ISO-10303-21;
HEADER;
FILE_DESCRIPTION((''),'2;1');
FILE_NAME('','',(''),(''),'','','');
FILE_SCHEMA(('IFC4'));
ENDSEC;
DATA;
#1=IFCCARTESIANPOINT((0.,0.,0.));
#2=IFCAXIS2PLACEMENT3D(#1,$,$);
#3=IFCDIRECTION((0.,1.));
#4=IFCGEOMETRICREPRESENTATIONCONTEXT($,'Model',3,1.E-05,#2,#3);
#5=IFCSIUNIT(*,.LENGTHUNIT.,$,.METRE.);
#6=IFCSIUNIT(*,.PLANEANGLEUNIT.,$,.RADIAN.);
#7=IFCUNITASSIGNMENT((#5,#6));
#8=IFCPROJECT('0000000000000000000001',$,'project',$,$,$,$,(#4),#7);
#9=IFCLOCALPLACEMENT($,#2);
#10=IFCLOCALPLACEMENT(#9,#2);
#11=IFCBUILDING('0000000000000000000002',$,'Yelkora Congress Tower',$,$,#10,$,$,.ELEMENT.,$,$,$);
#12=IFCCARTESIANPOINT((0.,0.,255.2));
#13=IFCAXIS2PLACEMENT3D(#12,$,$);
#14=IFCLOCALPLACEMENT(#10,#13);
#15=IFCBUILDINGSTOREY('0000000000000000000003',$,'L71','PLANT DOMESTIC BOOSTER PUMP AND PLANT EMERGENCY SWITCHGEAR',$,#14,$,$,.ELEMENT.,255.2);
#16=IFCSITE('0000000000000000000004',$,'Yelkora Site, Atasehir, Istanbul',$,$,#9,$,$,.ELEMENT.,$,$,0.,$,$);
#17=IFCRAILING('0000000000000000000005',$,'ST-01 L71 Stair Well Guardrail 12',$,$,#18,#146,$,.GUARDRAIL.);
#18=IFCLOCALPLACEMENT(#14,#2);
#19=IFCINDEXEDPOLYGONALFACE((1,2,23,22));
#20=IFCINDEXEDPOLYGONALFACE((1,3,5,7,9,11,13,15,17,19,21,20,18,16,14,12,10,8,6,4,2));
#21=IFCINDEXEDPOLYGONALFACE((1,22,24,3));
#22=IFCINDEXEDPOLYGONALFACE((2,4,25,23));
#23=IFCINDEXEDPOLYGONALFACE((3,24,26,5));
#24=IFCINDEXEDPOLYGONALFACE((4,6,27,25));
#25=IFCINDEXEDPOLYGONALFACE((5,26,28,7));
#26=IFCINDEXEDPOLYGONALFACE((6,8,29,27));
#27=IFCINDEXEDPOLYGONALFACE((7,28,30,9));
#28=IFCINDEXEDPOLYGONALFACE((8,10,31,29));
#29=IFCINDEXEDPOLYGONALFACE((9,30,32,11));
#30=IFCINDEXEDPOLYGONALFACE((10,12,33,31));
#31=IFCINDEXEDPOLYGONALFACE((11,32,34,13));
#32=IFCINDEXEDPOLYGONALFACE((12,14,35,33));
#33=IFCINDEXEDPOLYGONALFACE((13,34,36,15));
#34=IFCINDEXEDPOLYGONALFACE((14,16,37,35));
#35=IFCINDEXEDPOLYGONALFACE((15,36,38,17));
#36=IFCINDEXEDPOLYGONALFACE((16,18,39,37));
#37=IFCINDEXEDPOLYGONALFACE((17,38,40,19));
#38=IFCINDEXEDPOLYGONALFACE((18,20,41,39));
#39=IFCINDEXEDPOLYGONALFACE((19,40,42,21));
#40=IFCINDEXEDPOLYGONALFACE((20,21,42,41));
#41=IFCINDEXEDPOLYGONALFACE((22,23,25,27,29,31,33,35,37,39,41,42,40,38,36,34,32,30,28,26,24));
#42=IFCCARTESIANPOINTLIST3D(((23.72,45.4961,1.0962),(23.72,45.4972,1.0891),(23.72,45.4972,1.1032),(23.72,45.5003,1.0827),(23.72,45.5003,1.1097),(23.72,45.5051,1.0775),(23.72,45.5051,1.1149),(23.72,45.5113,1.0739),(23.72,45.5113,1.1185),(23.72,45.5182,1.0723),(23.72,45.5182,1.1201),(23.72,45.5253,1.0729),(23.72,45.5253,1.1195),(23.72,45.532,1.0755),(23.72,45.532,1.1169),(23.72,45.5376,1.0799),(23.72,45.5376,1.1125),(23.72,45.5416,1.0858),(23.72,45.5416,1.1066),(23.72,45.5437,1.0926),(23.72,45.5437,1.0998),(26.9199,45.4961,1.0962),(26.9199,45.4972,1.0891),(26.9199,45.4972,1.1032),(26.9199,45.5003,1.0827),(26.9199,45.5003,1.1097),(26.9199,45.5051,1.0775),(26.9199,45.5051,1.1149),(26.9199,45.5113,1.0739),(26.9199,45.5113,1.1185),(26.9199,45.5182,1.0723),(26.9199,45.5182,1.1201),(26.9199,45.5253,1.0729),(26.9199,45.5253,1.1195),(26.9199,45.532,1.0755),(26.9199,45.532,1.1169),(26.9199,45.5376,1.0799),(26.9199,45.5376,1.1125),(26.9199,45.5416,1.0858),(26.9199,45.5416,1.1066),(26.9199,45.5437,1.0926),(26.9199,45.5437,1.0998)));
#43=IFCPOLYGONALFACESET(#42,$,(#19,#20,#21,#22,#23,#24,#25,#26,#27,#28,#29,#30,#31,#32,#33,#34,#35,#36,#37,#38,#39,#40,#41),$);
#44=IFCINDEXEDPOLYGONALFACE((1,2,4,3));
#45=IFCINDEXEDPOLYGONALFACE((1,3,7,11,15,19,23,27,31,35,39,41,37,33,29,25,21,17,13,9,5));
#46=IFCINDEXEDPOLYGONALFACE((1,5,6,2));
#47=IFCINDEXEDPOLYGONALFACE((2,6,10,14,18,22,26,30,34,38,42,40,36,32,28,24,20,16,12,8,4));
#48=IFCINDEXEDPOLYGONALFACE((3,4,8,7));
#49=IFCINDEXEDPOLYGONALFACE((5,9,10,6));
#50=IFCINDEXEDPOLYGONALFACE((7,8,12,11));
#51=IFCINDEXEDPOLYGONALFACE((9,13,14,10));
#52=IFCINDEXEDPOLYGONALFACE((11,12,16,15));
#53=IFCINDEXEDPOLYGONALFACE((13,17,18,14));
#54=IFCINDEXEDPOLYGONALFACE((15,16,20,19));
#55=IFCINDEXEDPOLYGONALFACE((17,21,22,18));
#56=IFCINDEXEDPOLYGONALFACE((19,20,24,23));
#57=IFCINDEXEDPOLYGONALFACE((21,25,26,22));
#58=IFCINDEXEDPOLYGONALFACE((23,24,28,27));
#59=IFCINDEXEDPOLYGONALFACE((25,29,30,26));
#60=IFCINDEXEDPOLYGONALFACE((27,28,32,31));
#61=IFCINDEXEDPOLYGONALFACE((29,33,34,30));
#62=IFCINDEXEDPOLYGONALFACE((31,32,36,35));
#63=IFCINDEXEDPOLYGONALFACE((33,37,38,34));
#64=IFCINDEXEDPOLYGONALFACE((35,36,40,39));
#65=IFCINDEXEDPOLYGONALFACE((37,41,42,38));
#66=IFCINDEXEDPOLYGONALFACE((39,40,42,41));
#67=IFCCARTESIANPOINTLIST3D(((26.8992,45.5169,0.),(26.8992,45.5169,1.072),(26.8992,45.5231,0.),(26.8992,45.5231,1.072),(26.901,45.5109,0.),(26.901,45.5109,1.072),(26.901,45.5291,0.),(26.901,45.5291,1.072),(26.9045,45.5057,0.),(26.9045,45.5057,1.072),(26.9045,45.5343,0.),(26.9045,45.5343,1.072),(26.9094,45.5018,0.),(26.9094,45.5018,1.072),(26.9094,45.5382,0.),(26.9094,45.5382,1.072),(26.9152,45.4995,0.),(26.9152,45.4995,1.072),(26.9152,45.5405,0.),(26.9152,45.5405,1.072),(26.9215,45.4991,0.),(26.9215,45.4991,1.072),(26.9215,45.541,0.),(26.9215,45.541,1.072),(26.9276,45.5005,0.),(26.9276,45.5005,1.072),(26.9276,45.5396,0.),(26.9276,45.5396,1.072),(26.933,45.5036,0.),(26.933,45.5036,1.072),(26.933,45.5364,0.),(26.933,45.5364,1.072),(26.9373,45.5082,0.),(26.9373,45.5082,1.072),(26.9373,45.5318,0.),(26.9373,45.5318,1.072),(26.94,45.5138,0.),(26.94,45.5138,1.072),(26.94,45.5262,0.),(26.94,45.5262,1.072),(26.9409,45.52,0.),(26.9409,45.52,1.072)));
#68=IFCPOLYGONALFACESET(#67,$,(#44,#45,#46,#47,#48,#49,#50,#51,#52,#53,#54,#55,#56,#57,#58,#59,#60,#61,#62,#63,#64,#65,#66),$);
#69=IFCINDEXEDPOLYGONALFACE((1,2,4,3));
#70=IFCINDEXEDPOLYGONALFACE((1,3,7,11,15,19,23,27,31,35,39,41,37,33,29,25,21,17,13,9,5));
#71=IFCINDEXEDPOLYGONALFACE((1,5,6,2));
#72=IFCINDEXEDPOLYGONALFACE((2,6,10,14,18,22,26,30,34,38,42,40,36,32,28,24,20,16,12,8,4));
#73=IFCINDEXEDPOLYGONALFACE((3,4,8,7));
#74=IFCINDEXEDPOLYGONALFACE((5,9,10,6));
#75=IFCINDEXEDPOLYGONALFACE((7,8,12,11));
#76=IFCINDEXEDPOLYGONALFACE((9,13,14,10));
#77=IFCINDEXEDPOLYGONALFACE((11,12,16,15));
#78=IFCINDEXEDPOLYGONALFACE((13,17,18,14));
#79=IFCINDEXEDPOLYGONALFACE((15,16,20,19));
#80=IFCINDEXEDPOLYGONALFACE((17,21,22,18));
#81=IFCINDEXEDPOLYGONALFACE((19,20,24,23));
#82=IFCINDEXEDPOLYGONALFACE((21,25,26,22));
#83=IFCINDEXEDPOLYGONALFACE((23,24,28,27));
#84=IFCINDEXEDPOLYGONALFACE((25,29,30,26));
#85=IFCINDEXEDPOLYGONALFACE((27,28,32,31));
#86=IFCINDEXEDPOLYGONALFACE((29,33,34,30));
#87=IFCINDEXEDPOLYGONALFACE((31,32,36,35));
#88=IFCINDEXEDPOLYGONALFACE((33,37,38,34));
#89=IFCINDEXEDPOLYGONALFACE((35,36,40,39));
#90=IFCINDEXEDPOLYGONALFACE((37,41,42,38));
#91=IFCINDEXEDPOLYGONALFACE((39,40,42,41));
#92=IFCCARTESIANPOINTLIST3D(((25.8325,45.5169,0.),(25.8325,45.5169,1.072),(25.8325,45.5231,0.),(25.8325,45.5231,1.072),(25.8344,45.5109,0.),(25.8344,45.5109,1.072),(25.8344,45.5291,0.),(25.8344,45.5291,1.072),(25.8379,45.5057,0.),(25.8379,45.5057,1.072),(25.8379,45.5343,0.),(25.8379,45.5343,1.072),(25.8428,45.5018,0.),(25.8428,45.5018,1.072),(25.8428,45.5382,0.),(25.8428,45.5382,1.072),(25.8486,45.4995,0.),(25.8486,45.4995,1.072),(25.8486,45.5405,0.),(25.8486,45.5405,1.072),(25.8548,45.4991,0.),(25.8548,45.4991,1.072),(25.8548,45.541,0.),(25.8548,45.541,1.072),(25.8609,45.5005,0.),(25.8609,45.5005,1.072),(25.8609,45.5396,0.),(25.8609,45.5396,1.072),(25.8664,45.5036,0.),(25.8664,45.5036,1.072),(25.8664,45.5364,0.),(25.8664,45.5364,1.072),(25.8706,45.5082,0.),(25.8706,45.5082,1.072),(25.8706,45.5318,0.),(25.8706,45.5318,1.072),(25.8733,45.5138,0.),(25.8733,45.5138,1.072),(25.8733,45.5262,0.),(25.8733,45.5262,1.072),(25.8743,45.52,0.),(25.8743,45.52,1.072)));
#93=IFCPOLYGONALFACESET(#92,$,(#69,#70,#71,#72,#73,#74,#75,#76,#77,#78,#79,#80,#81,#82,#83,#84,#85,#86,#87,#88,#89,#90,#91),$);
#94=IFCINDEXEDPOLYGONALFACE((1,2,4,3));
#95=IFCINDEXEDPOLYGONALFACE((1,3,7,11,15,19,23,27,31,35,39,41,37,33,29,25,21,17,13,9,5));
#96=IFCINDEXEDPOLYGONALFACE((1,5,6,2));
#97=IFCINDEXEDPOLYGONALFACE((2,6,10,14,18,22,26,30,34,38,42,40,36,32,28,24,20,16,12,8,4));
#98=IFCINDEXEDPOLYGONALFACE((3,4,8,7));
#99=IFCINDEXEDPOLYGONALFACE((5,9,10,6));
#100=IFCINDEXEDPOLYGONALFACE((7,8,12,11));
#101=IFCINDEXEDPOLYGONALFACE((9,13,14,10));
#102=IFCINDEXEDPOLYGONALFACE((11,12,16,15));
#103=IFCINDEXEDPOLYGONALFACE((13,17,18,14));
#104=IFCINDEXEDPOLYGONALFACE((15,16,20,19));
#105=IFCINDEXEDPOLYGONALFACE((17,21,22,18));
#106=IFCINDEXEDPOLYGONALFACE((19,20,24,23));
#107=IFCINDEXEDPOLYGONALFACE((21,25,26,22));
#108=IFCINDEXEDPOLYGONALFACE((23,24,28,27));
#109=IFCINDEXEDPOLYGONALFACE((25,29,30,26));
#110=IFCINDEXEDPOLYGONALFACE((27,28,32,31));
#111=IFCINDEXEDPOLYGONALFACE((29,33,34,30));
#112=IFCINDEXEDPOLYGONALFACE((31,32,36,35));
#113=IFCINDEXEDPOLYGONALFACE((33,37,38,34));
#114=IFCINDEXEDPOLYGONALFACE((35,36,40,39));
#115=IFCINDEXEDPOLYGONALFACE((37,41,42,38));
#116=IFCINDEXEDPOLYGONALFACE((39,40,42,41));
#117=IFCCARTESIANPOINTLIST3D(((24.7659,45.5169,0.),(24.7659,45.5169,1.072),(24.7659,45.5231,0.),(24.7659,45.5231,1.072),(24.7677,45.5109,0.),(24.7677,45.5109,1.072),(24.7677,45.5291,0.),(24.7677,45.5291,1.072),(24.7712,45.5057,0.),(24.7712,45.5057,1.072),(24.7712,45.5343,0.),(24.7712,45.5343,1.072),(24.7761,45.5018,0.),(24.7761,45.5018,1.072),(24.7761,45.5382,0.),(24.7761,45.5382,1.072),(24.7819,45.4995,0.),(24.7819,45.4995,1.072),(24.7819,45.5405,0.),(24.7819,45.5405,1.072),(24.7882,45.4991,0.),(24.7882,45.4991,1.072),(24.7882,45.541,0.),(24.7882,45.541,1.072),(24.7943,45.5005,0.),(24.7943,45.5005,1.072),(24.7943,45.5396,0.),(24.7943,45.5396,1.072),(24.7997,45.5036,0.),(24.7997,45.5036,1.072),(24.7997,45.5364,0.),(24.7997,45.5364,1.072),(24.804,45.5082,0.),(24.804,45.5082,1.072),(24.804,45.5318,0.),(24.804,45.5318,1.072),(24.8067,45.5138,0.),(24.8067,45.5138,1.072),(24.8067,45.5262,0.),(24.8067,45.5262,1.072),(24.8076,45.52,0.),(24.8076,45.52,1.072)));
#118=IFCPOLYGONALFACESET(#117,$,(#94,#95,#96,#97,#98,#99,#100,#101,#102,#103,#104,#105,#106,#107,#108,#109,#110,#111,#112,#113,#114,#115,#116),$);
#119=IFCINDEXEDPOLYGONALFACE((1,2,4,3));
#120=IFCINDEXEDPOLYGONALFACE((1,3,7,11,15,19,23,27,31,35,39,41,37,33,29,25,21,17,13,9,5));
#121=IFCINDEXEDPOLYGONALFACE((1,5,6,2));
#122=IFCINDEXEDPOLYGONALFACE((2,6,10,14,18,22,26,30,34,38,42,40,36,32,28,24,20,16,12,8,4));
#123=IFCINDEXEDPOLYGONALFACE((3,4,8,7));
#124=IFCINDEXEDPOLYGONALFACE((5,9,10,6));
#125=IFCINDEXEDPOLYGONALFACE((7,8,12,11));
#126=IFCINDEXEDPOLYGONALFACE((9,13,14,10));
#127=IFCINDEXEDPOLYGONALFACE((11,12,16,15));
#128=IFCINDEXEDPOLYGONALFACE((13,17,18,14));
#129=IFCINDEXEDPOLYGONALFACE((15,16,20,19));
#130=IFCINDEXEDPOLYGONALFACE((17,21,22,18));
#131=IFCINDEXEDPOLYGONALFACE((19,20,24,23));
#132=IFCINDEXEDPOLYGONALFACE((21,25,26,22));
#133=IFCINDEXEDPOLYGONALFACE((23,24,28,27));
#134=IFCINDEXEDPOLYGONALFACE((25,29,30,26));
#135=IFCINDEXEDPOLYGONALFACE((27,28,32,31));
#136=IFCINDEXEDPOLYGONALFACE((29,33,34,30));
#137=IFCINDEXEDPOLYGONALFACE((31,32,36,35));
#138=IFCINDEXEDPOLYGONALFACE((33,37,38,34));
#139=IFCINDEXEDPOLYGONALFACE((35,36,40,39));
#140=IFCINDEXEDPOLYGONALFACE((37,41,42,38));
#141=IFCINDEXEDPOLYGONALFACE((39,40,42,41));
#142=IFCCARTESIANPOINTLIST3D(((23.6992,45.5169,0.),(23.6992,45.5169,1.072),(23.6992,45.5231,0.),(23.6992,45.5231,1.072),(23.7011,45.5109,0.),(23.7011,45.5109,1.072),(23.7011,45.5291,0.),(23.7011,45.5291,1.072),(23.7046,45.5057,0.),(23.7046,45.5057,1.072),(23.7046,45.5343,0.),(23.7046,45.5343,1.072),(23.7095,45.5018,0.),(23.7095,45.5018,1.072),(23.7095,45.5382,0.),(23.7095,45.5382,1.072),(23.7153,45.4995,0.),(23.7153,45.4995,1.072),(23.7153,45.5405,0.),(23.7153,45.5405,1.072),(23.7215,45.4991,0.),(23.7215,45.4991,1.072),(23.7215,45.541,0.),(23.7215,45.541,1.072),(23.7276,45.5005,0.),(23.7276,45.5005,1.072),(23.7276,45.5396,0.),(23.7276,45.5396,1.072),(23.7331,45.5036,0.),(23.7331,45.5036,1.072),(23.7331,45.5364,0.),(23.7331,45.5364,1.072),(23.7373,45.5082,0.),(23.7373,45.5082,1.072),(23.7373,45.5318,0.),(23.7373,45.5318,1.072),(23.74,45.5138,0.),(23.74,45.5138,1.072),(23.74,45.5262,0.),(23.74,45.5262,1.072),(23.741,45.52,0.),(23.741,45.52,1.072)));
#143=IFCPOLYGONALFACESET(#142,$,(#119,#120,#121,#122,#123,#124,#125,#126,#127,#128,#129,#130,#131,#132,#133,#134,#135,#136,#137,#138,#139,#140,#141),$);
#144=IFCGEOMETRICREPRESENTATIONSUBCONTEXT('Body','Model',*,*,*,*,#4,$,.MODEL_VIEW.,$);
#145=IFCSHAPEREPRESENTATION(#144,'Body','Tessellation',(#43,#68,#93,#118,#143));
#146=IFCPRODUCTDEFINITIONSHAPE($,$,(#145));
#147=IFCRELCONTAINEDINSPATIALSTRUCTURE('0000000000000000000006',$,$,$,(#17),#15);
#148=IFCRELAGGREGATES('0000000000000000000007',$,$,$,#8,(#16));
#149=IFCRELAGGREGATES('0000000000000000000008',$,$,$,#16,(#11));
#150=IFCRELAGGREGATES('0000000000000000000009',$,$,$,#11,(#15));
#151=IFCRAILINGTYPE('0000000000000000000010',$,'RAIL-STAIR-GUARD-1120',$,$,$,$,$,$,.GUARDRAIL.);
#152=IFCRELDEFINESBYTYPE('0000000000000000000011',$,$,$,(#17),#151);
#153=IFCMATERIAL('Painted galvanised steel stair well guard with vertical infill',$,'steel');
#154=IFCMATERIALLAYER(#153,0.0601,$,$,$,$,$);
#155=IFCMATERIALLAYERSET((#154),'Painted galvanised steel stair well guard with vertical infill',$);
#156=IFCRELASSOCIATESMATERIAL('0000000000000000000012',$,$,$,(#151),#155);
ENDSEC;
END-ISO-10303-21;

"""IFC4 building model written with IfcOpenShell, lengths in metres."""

from ifc_helpers import new_model, si_unit, direction, frame, origin, origin_2d, place, context, subcontext, project, spatial, circle, extrude, material, layer, layer_set, type_object, element, save


model = new_model("IFC4")

# Units and contexts
model_context = context("Model", 3, precision=1e-05, world=origin(), true_north=direction((0.0, 1.0)))
body_context = subcontext(model_context, "Body", "Model", "MODEL_VIEW")
ifc_project = project(units=[si_unit("LENGTHUNIT", "METRE"), si_unit("PLANEANGLEUNIT", "RADIAN")], contexts=[model_context])

# Site, building, storey
site_placement = place(None, origin())
site = spatial("IfcSite", under=ifc_project, at=site_placement, Name="Yelkora Site, Atasehir, Istanbul", CompositionType="ELEMENT", RefElevation=0.0)
building_placement = place(site_placement, origin())
building = spatial("IfcBuilding", under=site, at=building_placement, Name="Yelkora Congress Tower", CompositionType="ELEMENT")
storey_placement = place(building_placement, frame((0.0, 0.0, 255.2)))
storey = spatial("IfcBuildingStorey", under=building, at=storey_placement, Name="L71", Description="PLANT DOMESTIC BOOSTER PUMP AND PLANT EMERGENCY SWITCHGEAR", CompositionType="ELEMENT", Elevation=255.2)

# Railing
ifc_material_1 = material(Name="Painted galvanised steel stair well guard with vertical infill", Category="steel")
ifc_layer_1 = layer(ifc_material_1, 0.0601)
ifc_layer_set_1 = layer_set([ifc_layer_1], Name="Painted galvanised steel stair well guard with vertical infill")
railing_type_1 = type_object("IfcRailingType", Name="RAIL-STAIR-GUARD-1120", PredefinedType="GUARDRAIL", material=ifc_layer_set_1)
railing_1_placement = place(storey_placement, frame((26.9199, 45.52, 0.0)))
element("IfcRailing", 1, at=railing_1_placement, inside=storey, type_object=railing_type_1, Name="ST-01 L71 Stair Well Guardrail 12", PredefinedType="GUARDRAIL", context=body_context, shape_type="SweptSolid", body=[
    extrude(circle(Radius=0.0239, at=origin_2d()), frame((0.0, 0.0, 1.0962), z_axis=(-1.0, 0.0, 0.0), x_axis=(0.0, -1.0, 0.0)), (0.0, 0.0, 1.0), 3.2),
    extrude(circle(Radius=0.021, at=origin_2d()), origin(), (0.0, 0.0, 1.0), 1.072),
    extrude(circle(Radius=0.021, at=origin_2d()), frame((-1.0667, 0.0, 0.0)), (0.0, 0.0, 1.0), 1.072),
    extrude(circle(Radius=0.021, at=origin_2d()), frame((-2.1333, 0.0, 0.0)), (0.0, 0.0, 1.0), 1.072),
    extrude(circle(Radius=0.021, at=origin_2d()), frame((-3.2, 0.0, 0.0)), (0.0, 0.0, 1.0), 1.072),
])

save(model, "model.ifc")
